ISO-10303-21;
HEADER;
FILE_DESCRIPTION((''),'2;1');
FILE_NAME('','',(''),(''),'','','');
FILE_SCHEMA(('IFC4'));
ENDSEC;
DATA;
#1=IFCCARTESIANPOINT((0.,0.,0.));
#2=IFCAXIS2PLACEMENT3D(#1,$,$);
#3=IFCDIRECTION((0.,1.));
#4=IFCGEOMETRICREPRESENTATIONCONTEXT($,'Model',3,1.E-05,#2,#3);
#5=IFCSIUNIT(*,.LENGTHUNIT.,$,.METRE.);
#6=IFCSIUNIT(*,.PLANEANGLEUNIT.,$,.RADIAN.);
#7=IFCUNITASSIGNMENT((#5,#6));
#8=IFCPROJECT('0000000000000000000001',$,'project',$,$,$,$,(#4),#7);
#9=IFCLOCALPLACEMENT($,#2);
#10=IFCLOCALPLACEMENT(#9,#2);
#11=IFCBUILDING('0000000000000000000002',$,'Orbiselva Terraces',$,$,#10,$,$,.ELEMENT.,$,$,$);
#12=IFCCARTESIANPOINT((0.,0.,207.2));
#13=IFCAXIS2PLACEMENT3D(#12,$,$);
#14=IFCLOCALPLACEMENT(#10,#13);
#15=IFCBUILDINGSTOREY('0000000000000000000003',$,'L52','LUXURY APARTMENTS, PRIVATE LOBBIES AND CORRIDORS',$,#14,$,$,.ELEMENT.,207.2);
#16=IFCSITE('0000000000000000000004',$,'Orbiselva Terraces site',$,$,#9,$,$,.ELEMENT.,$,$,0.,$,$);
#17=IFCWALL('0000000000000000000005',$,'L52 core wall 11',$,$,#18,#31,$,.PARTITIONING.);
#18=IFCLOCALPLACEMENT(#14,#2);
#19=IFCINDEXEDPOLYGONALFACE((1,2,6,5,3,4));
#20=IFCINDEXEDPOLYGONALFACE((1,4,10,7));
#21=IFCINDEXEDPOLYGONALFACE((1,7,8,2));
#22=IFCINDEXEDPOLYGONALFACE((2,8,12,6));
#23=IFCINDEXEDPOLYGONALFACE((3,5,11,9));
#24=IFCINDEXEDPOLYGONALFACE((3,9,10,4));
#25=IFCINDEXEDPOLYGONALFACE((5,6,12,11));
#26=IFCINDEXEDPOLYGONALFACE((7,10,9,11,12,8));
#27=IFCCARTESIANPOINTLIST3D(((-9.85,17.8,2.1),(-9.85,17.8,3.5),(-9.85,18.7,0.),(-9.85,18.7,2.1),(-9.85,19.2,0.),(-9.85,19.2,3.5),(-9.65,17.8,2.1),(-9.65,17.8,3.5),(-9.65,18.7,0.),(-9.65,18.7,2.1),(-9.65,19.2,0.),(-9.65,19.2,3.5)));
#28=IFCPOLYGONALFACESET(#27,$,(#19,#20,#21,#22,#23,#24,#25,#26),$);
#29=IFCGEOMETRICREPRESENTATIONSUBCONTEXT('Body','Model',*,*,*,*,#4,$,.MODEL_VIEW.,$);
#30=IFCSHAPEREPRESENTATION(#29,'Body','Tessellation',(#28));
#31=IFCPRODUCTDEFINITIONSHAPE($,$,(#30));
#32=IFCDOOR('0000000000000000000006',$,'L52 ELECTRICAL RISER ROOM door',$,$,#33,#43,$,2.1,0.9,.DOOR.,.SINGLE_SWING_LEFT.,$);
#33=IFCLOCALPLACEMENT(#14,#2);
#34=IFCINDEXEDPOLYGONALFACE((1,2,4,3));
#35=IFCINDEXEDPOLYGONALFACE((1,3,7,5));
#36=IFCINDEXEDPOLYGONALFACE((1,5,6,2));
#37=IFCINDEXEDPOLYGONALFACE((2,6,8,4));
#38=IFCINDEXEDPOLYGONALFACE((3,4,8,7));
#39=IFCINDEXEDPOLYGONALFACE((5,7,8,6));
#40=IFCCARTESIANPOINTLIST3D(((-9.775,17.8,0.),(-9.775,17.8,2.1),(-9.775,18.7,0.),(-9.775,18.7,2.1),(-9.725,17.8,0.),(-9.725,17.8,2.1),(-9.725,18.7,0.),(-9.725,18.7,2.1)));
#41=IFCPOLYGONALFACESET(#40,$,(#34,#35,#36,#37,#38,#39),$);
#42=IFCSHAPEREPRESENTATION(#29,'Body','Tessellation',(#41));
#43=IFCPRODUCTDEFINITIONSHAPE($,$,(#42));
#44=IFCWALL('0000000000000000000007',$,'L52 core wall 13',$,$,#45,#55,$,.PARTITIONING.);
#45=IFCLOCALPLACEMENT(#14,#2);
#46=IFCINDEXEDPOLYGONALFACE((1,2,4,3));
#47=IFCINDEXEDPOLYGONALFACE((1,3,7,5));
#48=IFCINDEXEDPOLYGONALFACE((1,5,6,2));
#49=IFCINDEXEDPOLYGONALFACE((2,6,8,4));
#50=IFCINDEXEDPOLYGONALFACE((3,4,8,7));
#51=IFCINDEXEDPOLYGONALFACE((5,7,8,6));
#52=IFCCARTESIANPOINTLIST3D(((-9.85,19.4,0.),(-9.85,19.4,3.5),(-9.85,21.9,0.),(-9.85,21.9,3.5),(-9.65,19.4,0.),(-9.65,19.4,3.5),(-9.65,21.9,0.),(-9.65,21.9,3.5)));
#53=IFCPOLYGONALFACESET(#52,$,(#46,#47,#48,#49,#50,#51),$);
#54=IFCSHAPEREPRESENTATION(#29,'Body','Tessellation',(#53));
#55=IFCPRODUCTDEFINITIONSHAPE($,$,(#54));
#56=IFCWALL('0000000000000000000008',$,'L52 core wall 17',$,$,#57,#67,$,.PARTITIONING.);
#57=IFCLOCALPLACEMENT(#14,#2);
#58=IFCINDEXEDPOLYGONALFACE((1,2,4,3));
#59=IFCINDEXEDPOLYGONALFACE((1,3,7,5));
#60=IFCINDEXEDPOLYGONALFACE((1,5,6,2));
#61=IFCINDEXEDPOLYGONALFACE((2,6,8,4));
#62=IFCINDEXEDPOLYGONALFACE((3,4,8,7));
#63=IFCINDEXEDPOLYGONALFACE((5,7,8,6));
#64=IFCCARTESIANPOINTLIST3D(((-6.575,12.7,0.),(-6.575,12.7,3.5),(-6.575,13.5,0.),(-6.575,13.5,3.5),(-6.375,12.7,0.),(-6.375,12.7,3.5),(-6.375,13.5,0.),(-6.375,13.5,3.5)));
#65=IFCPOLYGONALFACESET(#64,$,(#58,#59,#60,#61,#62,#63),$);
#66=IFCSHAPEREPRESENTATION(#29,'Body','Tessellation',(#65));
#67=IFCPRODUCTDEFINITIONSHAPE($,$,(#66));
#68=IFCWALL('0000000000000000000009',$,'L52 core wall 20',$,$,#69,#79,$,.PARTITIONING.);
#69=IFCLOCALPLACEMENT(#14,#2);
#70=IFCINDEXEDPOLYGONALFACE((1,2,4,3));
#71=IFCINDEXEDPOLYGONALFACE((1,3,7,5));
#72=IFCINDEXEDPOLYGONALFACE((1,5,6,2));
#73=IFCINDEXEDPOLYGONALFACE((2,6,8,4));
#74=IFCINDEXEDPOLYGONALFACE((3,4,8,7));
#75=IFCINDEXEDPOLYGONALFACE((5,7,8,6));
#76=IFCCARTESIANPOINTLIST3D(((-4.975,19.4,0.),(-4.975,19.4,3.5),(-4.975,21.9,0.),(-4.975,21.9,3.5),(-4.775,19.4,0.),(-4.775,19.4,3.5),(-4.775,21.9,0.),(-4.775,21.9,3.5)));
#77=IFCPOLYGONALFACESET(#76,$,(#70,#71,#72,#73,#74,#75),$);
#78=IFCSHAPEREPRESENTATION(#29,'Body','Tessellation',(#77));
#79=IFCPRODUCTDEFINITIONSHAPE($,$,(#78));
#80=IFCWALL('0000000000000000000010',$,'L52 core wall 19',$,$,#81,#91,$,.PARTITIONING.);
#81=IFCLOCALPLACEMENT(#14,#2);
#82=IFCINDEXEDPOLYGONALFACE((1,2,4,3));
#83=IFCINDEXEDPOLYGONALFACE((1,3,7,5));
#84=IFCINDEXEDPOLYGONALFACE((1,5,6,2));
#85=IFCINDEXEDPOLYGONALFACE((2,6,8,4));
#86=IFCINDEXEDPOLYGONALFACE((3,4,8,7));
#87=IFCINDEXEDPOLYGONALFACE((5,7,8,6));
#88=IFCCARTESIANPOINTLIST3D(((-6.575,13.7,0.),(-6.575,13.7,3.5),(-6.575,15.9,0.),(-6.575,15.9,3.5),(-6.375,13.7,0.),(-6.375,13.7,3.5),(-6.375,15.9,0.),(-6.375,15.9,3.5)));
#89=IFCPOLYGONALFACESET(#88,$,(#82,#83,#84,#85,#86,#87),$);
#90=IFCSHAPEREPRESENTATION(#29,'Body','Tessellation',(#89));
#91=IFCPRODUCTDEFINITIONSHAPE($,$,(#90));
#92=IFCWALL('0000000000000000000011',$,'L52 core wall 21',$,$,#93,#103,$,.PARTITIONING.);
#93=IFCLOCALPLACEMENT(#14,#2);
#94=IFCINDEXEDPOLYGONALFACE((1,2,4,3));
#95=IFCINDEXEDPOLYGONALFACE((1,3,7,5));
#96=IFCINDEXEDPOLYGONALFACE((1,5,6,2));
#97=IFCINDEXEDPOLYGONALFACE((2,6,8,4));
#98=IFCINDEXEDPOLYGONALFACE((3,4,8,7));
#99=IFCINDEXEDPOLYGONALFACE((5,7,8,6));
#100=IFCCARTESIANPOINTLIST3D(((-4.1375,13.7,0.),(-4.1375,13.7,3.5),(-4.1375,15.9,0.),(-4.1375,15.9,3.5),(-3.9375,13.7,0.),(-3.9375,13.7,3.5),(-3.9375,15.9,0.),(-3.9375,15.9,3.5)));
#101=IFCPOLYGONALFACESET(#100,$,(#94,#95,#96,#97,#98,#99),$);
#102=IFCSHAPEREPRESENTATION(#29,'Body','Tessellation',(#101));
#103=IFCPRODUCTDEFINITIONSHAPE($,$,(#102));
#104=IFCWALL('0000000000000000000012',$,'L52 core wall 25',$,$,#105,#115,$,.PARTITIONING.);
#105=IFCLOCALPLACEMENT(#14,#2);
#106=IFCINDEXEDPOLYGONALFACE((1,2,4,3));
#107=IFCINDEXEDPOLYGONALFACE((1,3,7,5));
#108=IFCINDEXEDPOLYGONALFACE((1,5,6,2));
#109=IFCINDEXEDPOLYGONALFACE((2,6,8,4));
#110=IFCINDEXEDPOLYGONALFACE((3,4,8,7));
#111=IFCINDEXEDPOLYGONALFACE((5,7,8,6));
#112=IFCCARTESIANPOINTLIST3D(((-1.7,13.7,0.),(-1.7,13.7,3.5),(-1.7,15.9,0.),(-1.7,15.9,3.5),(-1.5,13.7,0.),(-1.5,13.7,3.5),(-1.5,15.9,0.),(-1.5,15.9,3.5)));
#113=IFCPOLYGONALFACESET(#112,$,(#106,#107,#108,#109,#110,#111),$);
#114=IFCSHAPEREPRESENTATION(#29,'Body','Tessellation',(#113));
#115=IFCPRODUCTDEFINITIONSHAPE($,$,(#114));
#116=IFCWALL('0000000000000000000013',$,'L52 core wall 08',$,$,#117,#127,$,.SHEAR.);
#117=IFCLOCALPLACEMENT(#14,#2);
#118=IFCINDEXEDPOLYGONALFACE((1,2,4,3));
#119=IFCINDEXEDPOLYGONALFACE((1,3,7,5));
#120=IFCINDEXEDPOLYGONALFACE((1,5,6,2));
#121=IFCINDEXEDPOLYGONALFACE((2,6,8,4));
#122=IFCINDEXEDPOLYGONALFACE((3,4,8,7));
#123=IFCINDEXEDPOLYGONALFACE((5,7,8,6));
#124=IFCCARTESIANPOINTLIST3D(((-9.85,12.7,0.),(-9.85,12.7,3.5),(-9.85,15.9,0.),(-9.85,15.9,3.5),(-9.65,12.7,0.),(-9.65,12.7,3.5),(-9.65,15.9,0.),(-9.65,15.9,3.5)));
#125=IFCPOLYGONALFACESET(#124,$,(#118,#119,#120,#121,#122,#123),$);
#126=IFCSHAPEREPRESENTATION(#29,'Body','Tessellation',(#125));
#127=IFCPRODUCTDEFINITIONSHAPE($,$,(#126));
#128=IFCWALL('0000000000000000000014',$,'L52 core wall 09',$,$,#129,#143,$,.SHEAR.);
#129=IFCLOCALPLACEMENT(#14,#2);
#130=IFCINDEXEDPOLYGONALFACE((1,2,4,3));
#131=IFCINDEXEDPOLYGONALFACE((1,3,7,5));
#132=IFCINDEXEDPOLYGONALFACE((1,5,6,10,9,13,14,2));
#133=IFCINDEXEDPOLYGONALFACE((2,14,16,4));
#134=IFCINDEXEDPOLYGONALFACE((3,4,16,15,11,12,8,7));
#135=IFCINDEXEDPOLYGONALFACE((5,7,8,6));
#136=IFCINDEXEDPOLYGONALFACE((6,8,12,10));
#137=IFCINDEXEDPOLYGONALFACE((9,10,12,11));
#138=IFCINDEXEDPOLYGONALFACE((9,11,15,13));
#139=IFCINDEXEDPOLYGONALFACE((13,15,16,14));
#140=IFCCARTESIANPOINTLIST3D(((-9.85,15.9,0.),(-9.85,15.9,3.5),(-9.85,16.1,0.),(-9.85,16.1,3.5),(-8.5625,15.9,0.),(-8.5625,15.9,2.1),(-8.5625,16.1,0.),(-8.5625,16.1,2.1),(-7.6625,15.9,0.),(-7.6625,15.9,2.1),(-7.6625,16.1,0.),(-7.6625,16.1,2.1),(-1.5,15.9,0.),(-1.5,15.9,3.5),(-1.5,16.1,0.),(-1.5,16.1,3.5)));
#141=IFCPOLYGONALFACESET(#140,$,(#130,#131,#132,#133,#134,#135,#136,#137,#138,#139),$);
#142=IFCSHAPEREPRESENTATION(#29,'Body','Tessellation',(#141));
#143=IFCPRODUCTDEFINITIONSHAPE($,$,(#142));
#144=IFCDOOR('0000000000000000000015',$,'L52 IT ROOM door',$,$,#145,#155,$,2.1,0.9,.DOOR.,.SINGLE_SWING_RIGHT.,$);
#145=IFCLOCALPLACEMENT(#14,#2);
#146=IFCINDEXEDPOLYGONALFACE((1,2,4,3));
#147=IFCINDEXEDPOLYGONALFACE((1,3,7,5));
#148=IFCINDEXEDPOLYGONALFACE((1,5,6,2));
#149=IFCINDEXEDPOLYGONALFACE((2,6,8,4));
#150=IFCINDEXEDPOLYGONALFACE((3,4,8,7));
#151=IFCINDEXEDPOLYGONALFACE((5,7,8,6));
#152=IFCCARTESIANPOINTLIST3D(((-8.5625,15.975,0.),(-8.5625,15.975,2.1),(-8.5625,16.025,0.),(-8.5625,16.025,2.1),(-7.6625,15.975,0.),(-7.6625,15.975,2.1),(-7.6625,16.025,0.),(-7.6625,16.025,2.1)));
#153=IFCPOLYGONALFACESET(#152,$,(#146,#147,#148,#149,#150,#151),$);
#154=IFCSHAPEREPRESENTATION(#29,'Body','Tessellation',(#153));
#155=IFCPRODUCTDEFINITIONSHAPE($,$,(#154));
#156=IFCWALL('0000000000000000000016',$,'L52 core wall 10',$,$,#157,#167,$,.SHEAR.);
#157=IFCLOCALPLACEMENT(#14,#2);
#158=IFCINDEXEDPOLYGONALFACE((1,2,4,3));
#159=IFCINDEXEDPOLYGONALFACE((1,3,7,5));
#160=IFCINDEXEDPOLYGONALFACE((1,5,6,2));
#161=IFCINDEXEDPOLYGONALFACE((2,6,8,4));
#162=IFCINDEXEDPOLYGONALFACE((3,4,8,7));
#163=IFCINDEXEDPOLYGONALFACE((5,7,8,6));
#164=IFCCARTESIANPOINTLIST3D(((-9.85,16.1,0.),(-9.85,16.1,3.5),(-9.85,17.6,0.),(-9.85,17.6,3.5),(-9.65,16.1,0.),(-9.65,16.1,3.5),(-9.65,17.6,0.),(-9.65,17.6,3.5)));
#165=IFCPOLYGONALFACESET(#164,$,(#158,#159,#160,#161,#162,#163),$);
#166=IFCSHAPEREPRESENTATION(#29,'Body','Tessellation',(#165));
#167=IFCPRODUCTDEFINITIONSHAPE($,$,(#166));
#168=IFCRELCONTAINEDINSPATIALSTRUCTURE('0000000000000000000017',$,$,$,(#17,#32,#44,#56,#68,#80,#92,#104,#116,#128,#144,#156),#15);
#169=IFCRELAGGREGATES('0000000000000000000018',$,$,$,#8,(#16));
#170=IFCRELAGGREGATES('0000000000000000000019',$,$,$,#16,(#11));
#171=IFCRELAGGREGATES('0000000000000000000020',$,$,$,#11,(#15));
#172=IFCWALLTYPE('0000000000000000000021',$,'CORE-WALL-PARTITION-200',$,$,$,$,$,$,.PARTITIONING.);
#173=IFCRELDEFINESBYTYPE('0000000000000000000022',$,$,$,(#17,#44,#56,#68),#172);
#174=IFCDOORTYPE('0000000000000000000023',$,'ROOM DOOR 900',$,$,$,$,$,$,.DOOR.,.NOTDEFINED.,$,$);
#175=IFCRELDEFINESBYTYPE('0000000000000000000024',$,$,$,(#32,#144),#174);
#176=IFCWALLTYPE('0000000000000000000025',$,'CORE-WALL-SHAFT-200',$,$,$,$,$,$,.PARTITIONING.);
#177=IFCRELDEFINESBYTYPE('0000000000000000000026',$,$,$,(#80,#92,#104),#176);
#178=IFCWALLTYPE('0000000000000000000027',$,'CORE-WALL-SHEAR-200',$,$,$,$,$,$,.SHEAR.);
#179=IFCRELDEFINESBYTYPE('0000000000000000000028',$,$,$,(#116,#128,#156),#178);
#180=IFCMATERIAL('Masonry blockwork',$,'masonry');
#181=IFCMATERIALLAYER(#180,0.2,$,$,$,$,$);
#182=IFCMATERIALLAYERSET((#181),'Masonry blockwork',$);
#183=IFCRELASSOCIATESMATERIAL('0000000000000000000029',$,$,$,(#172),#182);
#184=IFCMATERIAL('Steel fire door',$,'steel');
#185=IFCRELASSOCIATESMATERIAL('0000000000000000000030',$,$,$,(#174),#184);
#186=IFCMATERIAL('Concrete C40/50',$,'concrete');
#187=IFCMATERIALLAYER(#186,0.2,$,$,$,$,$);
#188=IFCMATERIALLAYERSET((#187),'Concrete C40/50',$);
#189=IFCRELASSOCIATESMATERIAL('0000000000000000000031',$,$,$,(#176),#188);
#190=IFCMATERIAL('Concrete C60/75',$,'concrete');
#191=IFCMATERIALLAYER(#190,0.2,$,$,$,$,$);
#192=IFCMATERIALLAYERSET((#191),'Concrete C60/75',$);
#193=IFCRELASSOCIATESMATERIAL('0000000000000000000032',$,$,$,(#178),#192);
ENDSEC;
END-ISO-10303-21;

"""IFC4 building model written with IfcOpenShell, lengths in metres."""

from ifc_helpers import new_model, si_unit, direction, frame, frame_2d, origin, place, context, subcontext, project, spatial, rectangle, extrude, material, layer, layer_set, type_object, element, fill, save


model = new_model("IFC4")

# Units and contexts
model_context = context("Model", 3, precision=1e-05, world=origin(), true_north=direction((0.0, 1.0)))
body_context = subcontext(model_context, "Body", "Model", "MODEL_VIEW")
ifc_project = project(units=[si_unit("LENGTHUNIT", "METRE"), si_unit("PLANEANGLEUNIT", "RADIAN")], contexts=[model_context])

# Site, building, storey
site_placement = place(None, origin())
site = spatial("IfcSite", under=ifc_project, at=site_placement, Name="Orbiselva Terraces site", CompositionType="ELEMENT", RefElevation=0.0)
building_placement = place(site_placement, origin())
building = spatial("IfcBuilding", under=site, at=building_placement, Name="Orbiselva Terraces", CompositionType="ELEMENT")
storey_placement = place(building_placement, frame((0.0, 0.0, 207.2)))
storey = spatial("IfcBuildingStorey", under=building, at=storey_placement, Name="L52", Description="LUXURY APARTMENTS, PRIVATE LOBBIES AND CORRIDORS", CompositionType="ELEMENT", Elevation=207.2)

# Wall, opening, door
ifc_material_1 = material(Name="Masonry blockwork", Category="masonry")
ifc_layer_1 = layer(ifc_material_1, 0.2)
ifc_layer_set_1 = layer_set([ifc_layer_1], Name="Masonry blockwork")
wall_type_1 = type_object("IfcWallType", Name="CORE-WALL-PARTITION-200", PredefinedType="PARTITIONING", material=ifc_layer_set_1)
wall_1_placement = place(storey_placement, frame((-9.75, 17.8, 0.0), z_axis=(0.0, 0.0, 1.0), x_axis=(0.0, 1.0, 0.0)))
wall_1 = element("IfcWall", 1, at=wall_1_placement, inside=storey, type_object=wall_type_1, Name="L52 core wall 11", PredefinedType="PARTITIONING", context=body_context, shape_type="SweptSolid", body=[
    extrude(rectangle(XDim=1.4, YDim=0.2, at=frame_2d((0.7, 0.0))), origin(), (0.0, 0.0, 1.0), 3.5),
])
opening_1_placement = place(wall_1_placement, origin())
opening_1 = element("IfcOpeningElement", 2, at=opening_1_placement, cuts=wall_1, PredefinedType="OPENING", context=body_context, shape_type="SweptSolid", body=[
    extrude(rectangle(XDim=0.9, YDim=2.1, at=frame_2d((0.45, 1.05))), frame((0.0, 0.11, 0.0), z_axis=(0.0, -1.0, 0.0), x_axis=(1.0, 0.0, 0.0)), (0.0, 0.0, 1.0), 0.22),
])
ifc_material_2 = material(Name="Steel fire door", Category="steel")
door_type_1 = type_object("IfcDoorType", Name="ROOM DOOR 900", OperationType="NOTDEFINED", PredefinedType="DOOR", material=ifc_material_2)
door_1_placement = place(opening_1_placement, origin())
door_1 = element("IfcDoor", 3, at=door_1_placement, inside=storey, type_object=door_type_1, Name="L52 ELECTRICAL RISER ROOM door", OperationType="SINGLE_SWING_LEFT", OverallHeight=2.1, OverallWidth=0.9, PredefinedType="DOOR", context=body_context, shape_type="SweptSolid", body=[
    extrude(rectangle(XDim=0.9, YDim=2.1, at=frame_2d((0.45, 1.05))), frame((0.0, 0.025, 0.0), z_axis=(0.0, -1.0, 0.0), x_axis=(1.0, 0.0, 0.0)), (0.0, 0.0, 1.0), 0.05),
])
fill(opening_1, door_1)

# Walls
wall_2_placement = place(storey_placement, frame((-9.75, 19.4, 0.0), z_axis=(0.0, 0.0, 1.0), x_axis=(0.0, 1.0, 0.0)))
element("IfcWall", 4, at=wall_2_placement, inside=storey, type_object=wall_type_1, Name="L52 core wall 13", PredefinedType="PARTITIONING", context=body_context, shape_type="SweptSolid", body=[
    extrude(rectangle(XDim=2.5, YDim=0.2, at=frame_2d((1.25, 0.0))), origin(), (0.0, 0.0, 1.0), 3.5),
])
wall_3_placement = place(storey_placement, frame((-6.475, 12.7, 0.0), z_axis=(0.0, 0.0, 1.0), x_axis=(0.0, 1.0, 0.0)))
element("IfcWall", 5, at=wall_3_placement, inside=storey, type_object=wall_type_1, Name="L52 core wall 17", PredefinedType="PARTITIONING", context=body_context, shape_type="SweptSolid", body=[
    extrude(rectangle(XDim=0.8, YDim=0.2, at=frame_2d((0.4, 0.0))), origin(), (0.0, 0.0, 1.0), 3.5),
])
wall_4_placement = place(storey_placement, frame((-4.875, 19.4, 0.0), z_axis=(0.0, 0.0, 1.0), x_axis=(0.0, 1.0, 0.0)))
element("IfcWall", 6, at=wall_4_placement, inside=storey, type_object=wall_type_1, Name="L52 core wall 20", PredefinedType="PARTITIONING", context=body_context, shape_type="SweptSolid", body=[
    extrude(rectangle(XDim=2.5, YDim=0.2, at=frame_2d((1.25, 0.0))), origin(), (0.0, 0.0, 1.0), 3.5),
])
ifc_material_3 = material(Name="Concrete C40/50", Category="concrete")
ifc_layer_2 = layer(ifc_material_3, 0.2)
ifc_layer_set_2 = layer_set([ifc_layer_2], Name="Concrete C40/50")
wall_type_2 = type_object("IfcWallType", Name="CORE-WALL-SHAFT-200", PredefinedType="PARTITIONING", material=ifc_layer_set_2)
for number, where, z_axis, x_axis, name in (
    (7, (-6.475, 13.7, 0.0), (0.0, 0.0, 1.0), (0.0, 1.0, 0.0), "L52 core wall 19"),
    (8, (-4.0375, 13.7, 0.0), (0.0, 0.0, 1.0), (0.0, 1.0, 0.0), "L52 core wall 21"),
    (9, (-1.6, 13.7, 0.0), (0.0, 0.0, 1.0), (0.0, 1.0, 0.0), "L52 core wall 25"),
):
    element("IfcWall", number, at=place(storey_placement, frame(where, z_axis=z_axis, x_axis=x_axis)), inside=storey, type_object=wall_type_2, Name=name, PredefinedType="PARTITIONING", context=body_context, shape_type="SweptSolid", body=[
        extrude(rectangle(XDim=2.2, YDim=0.2, at=frame_2d((1.1, 0.0))), origin(), (0.0, 0.0, 1.0), 3.5),
    ])
ifc_material_4 = material(Name="Concrete C60/75", Category="concrete")
ifc_layer_3 = layer(ifc_material_4, 0.2)
ifc_layer_set_3 = layer_set([ifc_layer_3], Name="Concrete C60/75")
wall_type_3 = type_object("IfcWallType", Name="CORE-WALL-SHEAR-200", PredefinedType="SHEAR", material=ifc_layer_set_3)
wall_5_placement = place(storey_placement, frame((-9.75, 12.7, 0.0), z_axis=(0.0, 0.0, 1.0), x_axis=(0.0, 1.0, 0.0)))
element("IfcWall", 10, at=wall_5_placement, inside=storey, type_object=wall_type_3, Name="L52 core wall 08", PredefinedType="SHEAR", context=body_context, shape_type="SweptSolid", body=[
    extrude(rectangle(XDim=3.2, YDim=0.2, at=frame_2d((1.6, 0.0))), origin(), (0.0, 0.0, 1.0), 3.5),
])

# Wall, opening, door
wall_6_placement = place(storey_placement, frame((-1.5, 16.0, 0.0), z_axis=(0.0, 0.0, 1.0), x_axis=(-1.0, 0.0, 0.0)))
wall_6 = element("IfcWall", 11, at=wall_6_placement, inside=storey, type_object=wall_type_3, Name="L52 core wall 09", PredefinedType="SHEAR", context=body_context, shape_type="SweptSolid", body=[
    extrude(rectangle(XDim=8.35, YDim=0.2, at=frame_2d((4.175, 0.0))), origin(), (0.0, 0.0, 1.0), 3.5),
])
opening_2_placement = place(wall_6_placement, frame((6.1625, 0.0, 0.0)))
opening_2 = element("IfcOpeningElement", 12, at=opening_2_placement, cuts=wall_6, PredefinedType="OPENING", context=body_context, shape_type="SweptSolid", body=[
    extrude(rectangle(XDim=0.9, YDim=2.1, at=frame_2d((0.45, 1.05))), frame((0.0, 0.11, 0.0), z_axis=(0.0, -1.0, 0.0), x_axis=(1.0, 0.0, 0.0)), (0.0, 0.0, 1.0), 0.22),
])
door_2_placement = place(opening_2_placement, origin())
door_2 = element("IfcDoor", 13, at=door_2_placement, inside=storey, type_object=door_type_1, Name="L52 IT ROOM door", OperationType="SINGLE_SWING_RIGHT", OverallHeight=2.1, OverallWidth=0.9, PredefinedType="DOOR", context=body_context, shape_type="SweptSolid", body=[
    extrude(rectangle(XDim=0.9, YDim=2.1, at=frame_2d((0.45, 1.05))), frame((0.0, 0.025, 0.0), z_axis=(0.0, -1.0, 0.0), x_axis=(1.0, 0.0, 0.0)), (0.0, 0.0, 1.0), 0.05),
])
fill(opening_2, door_2)

# Wall
wall_7_placement = place(storey_placement, frame((-9.75, 16.1, 0.0), z_axis=(0.0, 0.0, 1.0), x_axis=(0.0, 1.0, 0.0)))
element("IfcWall", 14, at=wall_7_placement, inside=storey, type_object=wall_type_3, Name="L52 core wall 10", PredefinedType="SHEAR", context=body_context, shape_type="SweptSolid", body=[
    extrude(rectangle(XDim=1.5, YDim=0.2, at=frame_2d((0.75, 0.0))), origin(), (0.0, 0.0, 1.0), 3.5),
])

save(model, "model.ifc")
